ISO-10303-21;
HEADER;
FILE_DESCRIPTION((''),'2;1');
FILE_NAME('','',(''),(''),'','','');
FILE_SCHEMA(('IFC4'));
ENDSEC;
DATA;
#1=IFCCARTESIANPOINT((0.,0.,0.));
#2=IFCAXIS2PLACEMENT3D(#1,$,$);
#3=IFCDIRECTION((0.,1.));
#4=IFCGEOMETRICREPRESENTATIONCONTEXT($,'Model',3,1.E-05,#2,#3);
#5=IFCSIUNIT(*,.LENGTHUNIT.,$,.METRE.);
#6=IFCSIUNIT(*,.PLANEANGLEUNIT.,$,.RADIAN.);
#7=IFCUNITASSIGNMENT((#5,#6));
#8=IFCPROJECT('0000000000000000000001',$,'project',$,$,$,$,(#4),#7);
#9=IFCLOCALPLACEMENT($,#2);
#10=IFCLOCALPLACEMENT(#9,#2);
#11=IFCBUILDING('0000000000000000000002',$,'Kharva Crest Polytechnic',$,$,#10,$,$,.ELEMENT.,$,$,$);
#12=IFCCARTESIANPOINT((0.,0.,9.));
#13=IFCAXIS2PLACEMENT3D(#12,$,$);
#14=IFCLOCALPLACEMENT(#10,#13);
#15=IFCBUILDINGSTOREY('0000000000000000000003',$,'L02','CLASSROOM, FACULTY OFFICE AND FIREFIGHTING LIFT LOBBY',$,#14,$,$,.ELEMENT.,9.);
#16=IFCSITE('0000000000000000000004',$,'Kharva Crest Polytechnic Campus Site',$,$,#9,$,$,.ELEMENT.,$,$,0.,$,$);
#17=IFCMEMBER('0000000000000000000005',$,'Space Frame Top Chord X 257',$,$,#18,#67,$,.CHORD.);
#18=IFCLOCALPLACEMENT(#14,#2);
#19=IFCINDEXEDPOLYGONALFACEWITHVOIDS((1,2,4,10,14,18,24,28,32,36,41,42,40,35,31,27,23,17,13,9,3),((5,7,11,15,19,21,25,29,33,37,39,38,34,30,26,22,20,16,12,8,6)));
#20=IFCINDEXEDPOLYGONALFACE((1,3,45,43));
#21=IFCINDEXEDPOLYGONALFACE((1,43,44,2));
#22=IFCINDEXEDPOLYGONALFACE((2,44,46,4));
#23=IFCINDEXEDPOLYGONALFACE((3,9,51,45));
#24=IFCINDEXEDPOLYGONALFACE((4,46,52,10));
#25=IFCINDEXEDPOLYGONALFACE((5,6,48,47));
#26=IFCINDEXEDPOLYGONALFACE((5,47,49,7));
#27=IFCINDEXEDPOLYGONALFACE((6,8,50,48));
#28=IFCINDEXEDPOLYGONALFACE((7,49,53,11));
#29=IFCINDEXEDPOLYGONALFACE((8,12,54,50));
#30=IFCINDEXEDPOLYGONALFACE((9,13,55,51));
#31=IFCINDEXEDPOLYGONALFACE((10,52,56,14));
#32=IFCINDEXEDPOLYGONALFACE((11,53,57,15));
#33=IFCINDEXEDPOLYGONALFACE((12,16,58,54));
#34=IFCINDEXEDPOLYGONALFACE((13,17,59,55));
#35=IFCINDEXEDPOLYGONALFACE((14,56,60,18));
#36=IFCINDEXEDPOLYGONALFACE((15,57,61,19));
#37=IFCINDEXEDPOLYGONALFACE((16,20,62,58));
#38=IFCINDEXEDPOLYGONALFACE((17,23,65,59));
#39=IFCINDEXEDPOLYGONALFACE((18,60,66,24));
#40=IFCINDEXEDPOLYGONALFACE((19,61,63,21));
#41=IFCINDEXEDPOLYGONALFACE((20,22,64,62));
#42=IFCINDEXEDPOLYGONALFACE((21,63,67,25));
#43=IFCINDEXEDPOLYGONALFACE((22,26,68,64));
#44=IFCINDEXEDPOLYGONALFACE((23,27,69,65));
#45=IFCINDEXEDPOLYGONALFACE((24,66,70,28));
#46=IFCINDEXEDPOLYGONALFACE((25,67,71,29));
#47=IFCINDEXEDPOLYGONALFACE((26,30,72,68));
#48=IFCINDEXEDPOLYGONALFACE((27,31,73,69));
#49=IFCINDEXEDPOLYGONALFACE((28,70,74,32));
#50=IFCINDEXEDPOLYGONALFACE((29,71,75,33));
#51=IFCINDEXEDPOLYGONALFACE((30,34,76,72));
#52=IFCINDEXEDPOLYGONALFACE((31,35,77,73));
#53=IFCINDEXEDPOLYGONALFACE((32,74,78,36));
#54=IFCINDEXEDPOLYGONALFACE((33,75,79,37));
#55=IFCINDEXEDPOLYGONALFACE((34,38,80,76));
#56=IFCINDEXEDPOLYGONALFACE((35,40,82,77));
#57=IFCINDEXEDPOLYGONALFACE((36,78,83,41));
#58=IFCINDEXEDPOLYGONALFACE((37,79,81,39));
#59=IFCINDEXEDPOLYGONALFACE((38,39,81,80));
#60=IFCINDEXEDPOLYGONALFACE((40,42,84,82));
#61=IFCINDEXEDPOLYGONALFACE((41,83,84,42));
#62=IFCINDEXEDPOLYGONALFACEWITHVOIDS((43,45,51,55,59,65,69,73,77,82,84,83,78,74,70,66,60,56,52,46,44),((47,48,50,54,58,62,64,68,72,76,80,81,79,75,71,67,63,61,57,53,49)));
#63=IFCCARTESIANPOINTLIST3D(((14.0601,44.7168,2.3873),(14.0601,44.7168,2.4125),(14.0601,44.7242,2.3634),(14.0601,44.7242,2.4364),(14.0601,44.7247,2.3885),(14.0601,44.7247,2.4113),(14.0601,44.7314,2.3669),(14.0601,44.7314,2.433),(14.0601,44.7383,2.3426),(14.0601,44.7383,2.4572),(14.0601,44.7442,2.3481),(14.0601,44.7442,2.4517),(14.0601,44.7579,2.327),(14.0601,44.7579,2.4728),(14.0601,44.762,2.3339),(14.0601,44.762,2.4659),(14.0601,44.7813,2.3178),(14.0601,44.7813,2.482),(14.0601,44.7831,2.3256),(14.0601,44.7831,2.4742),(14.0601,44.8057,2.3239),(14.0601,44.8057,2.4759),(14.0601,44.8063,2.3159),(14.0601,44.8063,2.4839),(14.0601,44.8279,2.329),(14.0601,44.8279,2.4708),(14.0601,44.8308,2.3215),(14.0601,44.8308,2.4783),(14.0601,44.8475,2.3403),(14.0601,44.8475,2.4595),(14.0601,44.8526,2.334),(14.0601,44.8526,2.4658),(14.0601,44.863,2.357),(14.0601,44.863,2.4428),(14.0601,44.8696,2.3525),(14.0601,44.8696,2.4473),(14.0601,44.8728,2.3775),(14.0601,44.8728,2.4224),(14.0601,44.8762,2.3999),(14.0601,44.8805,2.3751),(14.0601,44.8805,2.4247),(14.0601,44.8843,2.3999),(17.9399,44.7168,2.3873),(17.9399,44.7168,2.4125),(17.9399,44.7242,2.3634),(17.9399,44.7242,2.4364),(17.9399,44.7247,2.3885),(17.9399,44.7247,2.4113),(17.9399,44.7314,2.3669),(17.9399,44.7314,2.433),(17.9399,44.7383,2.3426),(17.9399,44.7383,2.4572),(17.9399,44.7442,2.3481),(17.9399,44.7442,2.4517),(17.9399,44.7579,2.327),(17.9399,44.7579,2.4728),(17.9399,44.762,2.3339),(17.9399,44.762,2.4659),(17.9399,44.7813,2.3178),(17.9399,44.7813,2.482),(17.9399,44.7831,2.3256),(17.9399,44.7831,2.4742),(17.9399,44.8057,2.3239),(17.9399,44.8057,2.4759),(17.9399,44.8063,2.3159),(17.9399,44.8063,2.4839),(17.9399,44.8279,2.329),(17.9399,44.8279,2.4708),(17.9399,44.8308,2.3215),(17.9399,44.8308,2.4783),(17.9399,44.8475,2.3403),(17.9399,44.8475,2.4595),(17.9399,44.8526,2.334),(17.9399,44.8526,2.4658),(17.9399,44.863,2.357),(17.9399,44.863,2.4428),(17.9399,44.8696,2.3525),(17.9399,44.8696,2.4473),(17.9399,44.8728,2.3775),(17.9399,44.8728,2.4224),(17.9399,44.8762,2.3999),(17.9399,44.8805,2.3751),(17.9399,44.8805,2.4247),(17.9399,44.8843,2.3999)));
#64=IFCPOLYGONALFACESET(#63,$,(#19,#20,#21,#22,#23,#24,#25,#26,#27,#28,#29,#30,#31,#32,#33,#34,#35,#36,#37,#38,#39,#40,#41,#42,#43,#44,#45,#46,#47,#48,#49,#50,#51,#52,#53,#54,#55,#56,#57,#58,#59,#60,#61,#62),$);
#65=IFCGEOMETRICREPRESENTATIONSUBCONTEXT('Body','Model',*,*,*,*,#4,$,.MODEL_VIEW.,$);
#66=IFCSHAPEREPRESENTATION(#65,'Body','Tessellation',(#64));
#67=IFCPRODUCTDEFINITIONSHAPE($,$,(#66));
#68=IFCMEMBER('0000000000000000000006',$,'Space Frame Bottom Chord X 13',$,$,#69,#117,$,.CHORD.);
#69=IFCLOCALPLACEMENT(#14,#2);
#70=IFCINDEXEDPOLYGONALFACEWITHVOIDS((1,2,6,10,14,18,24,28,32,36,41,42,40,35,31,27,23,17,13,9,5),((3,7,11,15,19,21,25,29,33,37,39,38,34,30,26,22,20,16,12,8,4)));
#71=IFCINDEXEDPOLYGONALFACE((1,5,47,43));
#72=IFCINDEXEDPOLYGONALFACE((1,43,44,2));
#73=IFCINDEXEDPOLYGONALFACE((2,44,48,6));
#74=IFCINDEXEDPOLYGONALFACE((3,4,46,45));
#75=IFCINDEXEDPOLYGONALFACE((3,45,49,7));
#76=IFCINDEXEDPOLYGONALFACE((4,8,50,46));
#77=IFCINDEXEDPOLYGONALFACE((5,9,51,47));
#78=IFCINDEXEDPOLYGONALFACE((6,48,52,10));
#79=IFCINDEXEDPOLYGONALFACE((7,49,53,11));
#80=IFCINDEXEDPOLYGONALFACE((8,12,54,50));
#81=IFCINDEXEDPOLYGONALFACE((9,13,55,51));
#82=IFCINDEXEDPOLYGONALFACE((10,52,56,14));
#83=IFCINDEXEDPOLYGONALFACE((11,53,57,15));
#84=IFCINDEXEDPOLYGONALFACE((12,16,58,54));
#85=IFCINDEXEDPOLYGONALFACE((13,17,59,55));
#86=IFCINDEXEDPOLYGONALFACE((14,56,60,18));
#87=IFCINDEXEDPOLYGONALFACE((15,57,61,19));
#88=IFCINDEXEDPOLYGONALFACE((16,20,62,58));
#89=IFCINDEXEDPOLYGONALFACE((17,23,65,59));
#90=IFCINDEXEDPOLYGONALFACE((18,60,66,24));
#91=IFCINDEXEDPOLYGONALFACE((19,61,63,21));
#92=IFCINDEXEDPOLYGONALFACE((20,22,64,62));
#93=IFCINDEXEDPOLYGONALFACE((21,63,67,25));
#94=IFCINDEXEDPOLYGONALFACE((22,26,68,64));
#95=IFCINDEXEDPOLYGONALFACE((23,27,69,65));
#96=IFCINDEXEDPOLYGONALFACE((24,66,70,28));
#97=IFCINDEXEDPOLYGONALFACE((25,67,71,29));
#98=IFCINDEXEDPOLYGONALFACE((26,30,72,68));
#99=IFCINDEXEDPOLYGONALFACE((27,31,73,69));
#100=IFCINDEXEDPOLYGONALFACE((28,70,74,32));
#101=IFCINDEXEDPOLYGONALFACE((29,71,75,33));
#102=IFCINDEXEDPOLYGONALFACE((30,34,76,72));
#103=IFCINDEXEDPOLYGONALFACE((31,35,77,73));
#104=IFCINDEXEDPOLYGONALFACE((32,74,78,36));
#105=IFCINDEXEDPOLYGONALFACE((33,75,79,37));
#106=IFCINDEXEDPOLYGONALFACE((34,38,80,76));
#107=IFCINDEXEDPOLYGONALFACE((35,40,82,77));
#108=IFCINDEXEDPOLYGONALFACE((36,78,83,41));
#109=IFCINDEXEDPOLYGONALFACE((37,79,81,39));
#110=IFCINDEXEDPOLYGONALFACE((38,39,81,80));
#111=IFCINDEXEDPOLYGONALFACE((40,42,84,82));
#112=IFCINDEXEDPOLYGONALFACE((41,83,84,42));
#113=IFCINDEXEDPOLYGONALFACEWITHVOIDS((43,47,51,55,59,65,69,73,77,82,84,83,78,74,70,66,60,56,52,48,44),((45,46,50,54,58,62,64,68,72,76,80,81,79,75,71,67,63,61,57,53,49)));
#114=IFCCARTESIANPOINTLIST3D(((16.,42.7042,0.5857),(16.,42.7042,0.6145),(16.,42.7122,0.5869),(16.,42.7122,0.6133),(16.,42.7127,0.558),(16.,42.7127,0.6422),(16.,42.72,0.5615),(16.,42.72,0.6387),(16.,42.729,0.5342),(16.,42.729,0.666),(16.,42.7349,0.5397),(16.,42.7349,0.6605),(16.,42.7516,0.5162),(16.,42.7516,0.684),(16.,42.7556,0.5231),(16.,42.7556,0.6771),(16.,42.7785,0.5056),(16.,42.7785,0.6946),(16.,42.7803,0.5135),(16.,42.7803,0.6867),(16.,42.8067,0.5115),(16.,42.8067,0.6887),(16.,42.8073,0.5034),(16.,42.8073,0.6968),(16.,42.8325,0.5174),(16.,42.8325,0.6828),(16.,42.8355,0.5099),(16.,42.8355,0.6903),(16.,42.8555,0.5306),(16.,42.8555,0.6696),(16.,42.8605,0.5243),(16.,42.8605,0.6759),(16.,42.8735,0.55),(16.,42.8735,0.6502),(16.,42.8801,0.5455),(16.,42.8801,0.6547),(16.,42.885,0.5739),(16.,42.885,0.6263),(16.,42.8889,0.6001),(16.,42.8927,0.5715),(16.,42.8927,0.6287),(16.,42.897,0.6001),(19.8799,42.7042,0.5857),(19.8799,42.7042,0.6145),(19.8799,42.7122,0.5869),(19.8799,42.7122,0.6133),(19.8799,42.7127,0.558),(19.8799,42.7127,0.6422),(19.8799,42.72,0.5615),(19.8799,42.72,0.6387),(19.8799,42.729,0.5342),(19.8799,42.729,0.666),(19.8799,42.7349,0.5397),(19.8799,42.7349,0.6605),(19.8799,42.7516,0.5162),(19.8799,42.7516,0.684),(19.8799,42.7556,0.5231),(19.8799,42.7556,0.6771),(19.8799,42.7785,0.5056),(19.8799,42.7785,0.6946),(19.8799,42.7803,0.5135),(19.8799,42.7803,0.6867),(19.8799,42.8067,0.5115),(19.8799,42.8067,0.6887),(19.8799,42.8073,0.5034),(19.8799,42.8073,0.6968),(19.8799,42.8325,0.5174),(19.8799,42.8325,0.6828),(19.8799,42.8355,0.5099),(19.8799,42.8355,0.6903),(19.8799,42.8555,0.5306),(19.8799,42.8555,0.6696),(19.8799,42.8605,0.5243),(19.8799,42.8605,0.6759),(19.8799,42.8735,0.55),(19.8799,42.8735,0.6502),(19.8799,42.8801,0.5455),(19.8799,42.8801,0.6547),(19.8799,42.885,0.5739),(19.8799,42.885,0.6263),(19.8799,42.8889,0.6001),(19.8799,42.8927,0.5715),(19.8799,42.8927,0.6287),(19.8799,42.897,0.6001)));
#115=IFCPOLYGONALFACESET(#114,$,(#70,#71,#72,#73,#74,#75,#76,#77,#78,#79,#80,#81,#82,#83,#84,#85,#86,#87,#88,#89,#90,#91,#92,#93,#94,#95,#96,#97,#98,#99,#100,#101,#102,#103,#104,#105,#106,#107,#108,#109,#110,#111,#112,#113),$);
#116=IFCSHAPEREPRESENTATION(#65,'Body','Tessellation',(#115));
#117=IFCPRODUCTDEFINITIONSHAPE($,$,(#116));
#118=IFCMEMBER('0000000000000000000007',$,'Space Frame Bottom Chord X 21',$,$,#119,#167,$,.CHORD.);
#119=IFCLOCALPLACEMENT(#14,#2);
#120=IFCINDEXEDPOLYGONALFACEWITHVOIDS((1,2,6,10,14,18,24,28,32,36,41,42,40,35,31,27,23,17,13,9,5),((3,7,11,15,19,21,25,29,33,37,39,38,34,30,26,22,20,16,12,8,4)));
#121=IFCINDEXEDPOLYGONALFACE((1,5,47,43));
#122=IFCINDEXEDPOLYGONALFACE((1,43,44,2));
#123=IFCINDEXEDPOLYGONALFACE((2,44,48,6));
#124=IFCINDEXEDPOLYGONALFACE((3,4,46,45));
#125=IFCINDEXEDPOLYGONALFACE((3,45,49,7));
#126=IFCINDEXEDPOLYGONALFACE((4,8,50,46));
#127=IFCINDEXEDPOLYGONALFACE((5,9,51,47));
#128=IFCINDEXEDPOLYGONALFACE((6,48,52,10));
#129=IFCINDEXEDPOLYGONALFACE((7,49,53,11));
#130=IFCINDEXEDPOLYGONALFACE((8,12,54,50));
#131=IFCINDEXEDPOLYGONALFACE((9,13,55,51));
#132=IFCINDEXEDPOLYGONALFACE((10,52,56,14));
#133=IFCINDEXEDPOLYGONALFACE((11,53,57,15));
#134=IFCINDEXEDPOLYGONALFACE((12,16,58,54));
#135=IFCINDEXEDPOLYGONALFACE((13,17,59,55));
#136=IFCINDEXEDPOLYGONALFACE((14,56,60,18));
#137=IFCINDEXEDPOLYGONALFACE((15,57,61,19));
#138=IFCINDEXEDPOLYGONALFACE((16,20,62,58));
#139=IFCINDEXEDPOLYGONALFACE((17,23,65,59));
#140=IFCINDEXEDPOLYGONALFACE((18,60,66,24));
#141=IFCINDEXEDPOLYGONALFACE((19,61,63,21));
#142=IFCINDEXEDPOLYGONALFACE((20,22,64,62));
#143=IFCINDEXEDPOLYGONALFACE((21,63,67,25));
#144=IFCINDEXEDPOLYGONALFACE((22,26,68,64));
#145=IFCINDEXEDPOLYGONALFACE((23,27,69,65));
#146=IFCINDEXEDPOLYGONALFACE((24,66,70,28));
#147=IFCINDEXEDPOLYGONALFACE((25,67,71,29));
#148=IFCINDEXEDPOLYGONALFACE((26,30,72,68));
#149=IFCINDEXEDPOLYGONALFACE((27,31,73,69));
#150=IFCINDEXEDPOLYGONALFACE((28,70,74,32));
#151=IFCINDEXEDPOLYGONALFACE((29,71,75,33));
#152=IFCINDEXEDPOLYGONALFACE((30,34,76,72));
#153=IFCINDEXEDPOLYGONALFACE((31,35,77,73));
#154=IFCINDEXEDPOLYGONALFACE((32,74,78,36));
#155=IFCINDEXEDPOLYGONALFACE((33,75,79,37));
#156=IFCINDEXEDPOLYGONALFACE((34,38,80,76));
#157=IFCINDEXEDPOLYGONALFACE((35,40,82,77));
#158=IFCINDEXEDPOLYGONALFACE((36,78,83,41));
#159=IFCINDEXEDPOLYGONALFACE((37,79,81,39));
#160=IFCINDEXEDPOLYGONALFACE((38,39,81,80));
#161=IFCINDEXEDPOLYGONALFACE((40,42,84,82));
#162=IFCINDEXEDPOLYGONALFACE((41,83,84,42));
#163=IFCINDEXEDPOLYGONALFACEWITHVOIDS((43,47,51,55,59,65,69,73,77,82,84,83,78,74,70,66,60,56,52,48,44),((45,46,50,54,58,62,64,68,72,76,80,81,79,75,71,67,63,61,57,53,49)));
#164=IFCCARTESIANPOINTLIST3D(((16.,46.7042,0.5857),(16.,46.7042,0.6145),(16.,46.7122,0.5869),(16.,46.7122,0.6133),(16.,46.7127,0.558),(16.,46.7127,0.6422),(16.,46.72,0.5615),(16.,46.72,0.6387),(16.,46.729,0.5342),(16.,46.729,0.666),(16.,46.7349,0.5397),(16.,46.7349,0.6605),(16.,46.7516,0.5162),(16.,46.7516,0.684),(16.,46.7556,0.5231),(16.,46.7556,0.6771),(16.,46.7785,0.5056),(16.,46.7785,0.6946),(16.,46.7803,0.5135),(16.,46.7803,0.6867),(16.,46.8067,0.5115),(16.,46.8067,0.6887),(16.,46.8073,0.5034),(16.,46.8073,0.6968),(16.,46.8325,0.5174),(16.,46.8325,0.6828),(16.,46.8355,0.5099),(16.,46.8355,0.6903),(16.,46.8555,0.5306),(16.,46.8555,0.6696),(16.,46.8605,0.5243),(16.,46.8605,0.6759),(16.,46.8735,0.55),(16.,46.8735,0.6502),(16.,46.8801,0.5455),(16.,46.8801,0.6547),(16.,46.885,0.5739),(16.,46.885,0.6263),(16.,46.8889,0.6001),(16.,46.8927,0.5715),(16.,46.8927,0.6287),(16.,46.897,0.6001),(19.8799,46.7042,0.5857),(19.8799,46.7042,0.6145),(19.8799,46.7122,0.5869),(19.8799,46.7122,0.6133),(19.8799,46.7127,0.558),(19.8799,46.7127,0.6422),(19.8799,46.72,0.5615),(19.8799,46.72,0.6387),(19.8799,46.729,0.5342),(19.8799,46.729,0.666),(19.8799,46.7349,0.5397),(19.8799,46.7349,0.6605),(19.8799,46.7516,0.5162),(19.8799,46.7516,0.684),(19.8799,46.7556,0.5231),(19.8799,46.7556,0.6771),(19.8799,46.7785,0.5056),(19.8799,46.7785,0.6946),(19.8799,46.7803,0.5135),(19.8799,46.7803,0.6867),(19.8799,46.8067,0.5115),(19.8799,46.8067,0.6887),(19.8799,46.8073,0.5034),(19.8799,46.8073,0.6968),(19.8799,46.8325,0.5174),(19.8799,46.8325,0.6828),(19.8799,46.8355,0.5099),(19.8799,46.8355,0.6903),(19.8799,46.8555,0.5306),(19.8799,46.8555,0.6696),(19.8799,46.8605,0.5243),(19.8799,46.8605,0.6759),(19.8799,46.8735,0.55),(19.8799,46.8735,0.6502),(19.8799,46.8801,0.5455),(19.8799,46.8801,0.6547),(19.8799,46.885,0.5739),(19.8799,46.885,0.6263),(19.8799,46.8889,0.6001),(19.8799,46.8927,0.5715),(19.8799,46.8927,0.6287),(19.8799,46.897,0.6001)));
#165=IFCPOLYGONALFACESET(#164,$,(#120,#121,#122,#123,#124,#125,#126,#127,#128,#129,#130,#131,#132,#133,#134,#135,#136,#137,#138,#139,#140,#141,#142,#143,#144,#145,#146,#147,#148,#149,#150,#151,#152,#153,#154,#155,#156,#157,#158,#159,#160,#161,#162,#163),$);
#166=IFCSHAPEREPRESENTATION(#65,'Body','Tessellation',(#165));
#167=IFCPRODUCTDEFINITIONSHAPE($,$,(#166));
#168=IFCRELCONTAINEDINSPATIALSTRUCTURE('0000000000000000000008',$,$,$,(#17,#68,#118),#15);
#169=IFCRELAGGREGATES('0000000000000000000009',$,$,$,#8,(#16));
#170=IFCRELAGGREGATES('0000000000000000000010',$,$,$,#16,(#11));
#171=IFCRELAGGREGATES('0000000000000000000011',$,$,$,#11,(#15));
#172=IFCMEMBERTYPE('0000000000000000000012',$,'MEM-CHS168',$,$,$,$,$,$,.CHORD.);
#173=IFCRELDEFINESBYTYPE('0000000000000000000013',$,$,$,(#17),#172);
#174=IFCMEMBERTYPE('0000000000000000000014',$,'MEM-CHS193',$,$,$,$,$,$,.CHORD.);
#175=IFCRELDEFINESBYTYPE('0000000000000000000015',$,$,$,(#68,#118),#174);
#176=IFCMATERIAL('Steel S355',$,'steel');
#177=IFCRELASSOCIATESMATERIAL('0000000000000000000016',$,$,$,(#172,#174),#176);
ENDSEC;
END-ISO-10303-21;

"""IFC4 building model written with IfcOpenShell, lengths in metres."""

from ifc_helpers import new_model, si_unit, direction, frame, origin, origin_2d, place, context, subcontext, project, spatial, hollow_circle, extrude, material, material_profile, profile_set, type_object, element, save


model = new_model("IFC4")

# Units and contexts
model_context = context("Model", 3, precision=1e-05, world=origin(), true_north=direction((0.0, 1.0)))
body_context = subcontext(model_context, "Body", "Model", "MODEL_VIEW")
ifc_project = project(units=[si_unit("LENGTHUNIT", "METRE"), si_unit("PLANEANGLEUNIT", "RADIAN")], contexts=[model_context])

# Site, building, storey
site_placement = place(None, origin())
site = spatial("IfcSite", under=ifc_project, at=site_placement, Name="Kharva Crest Polytechnic Campus Site", CompositionType="ELEMENT", RefElevation=0.0)
building_placement = place(site_placement, origin())
building = spatial("IfcBuilding", under=site, at=building_placement, Name="Kharva Crest Polytechnic", CompositionType="ELEMENT")
storey_placement = place(building_placement, frame((0.0, 0.0, 9.0)))
storey = spatial("IfcBuildingStorey", under=building, at=storey_placement, Name="L02", Description="CLASSROOM, FACULTY OFFICE AND FIREFIGHTING LIFT LOBBY", CompositionType="ELEMENT", Elevation=9.0)

# Shared definitions
ifc_material_1 = material(Name="Steel S355", Category="steel")

# Members
ifc_material_profile_1 = material_profile(ifc_material_1, hollow_circle(Radius=0.0842, WallThickness=0.0081, at=origin_2d()), Name="CHS 168.3X8.0")
ifc_profile_set_1 = profile_set([ifc_material_profile_1], Name="Steel S355")
member_type_1 = type_object("IfcMemberType", Name="MEM-CHS168", PredefinedType="CHORD", material=ifc_profile_set_1)
for number, where, z_axis, x_axis, name in (
    (1, (14.0601, 44.8, 2.3999), (1.0, 0.0, 0.0), (0.0, 1.0, 0.0), "Space Frame Top Chord X 257"),
):
    element("IfcMember", number, at=place(storey_placement, frame(where, z_axis=z_axis, x_axis=x_axis)), inside=storey, type_object=member_type_1, Name=name, PredefinedType="CHORD", context=body_context, shape_type="SweptSolid", body=[
        extrude(hollow_circle(Radius=0.0842, WallThickness=0.0081, at=origin_2d()), origin(), (0.0, 0.0, 1.0), 3.8799),
    ])
ifc_material_profile_2 = material_profile(ifc_material_1, hollow_circle(Radius=0.0969, WallThickness=0.0081, at=origin_2d()), Name="CHS 193.7X8.0")
ifc_profile_set_2 = profile_set([ifc_material_profile_2], Name="Steel S355")
member_type_2 = type_object("IfcMemberType", Name="MEM-CHS193", PredefinedType="CHORD", material=ifc_profile_set_2)
for number, where, z_axis, x_axis, name in (
    (2, (16.0, 42.8, 0.6001), (1.0, 0.0, 0.0), (0.0, 1.0, 0.0), "Space Frame Bottom Chord X 13"),
    (3, (16.0, 46.8, 0.6001), (1.0, 0.0, 0.0), (0.0, 1.0, 0.0), "Space Frame Bottom Chord X 21"),
):
    element("IfcMember", number, at=place(storey_placement, frame(where, z_axis=z_axis, x_axis=x_axis)), inside=storey, type_object=member_type_2, Name=name, PredefinedType="CHORD", context=body_context, shape_type="SweptSolid", body=[
        extrude(hollow_circle(Radius=0.0969, WallThickness=0.0081, at=origin_2d()), origin(), (0.0, 0.0, 1.0), 3.8799),
    ])

save(model, "model.ifc")
